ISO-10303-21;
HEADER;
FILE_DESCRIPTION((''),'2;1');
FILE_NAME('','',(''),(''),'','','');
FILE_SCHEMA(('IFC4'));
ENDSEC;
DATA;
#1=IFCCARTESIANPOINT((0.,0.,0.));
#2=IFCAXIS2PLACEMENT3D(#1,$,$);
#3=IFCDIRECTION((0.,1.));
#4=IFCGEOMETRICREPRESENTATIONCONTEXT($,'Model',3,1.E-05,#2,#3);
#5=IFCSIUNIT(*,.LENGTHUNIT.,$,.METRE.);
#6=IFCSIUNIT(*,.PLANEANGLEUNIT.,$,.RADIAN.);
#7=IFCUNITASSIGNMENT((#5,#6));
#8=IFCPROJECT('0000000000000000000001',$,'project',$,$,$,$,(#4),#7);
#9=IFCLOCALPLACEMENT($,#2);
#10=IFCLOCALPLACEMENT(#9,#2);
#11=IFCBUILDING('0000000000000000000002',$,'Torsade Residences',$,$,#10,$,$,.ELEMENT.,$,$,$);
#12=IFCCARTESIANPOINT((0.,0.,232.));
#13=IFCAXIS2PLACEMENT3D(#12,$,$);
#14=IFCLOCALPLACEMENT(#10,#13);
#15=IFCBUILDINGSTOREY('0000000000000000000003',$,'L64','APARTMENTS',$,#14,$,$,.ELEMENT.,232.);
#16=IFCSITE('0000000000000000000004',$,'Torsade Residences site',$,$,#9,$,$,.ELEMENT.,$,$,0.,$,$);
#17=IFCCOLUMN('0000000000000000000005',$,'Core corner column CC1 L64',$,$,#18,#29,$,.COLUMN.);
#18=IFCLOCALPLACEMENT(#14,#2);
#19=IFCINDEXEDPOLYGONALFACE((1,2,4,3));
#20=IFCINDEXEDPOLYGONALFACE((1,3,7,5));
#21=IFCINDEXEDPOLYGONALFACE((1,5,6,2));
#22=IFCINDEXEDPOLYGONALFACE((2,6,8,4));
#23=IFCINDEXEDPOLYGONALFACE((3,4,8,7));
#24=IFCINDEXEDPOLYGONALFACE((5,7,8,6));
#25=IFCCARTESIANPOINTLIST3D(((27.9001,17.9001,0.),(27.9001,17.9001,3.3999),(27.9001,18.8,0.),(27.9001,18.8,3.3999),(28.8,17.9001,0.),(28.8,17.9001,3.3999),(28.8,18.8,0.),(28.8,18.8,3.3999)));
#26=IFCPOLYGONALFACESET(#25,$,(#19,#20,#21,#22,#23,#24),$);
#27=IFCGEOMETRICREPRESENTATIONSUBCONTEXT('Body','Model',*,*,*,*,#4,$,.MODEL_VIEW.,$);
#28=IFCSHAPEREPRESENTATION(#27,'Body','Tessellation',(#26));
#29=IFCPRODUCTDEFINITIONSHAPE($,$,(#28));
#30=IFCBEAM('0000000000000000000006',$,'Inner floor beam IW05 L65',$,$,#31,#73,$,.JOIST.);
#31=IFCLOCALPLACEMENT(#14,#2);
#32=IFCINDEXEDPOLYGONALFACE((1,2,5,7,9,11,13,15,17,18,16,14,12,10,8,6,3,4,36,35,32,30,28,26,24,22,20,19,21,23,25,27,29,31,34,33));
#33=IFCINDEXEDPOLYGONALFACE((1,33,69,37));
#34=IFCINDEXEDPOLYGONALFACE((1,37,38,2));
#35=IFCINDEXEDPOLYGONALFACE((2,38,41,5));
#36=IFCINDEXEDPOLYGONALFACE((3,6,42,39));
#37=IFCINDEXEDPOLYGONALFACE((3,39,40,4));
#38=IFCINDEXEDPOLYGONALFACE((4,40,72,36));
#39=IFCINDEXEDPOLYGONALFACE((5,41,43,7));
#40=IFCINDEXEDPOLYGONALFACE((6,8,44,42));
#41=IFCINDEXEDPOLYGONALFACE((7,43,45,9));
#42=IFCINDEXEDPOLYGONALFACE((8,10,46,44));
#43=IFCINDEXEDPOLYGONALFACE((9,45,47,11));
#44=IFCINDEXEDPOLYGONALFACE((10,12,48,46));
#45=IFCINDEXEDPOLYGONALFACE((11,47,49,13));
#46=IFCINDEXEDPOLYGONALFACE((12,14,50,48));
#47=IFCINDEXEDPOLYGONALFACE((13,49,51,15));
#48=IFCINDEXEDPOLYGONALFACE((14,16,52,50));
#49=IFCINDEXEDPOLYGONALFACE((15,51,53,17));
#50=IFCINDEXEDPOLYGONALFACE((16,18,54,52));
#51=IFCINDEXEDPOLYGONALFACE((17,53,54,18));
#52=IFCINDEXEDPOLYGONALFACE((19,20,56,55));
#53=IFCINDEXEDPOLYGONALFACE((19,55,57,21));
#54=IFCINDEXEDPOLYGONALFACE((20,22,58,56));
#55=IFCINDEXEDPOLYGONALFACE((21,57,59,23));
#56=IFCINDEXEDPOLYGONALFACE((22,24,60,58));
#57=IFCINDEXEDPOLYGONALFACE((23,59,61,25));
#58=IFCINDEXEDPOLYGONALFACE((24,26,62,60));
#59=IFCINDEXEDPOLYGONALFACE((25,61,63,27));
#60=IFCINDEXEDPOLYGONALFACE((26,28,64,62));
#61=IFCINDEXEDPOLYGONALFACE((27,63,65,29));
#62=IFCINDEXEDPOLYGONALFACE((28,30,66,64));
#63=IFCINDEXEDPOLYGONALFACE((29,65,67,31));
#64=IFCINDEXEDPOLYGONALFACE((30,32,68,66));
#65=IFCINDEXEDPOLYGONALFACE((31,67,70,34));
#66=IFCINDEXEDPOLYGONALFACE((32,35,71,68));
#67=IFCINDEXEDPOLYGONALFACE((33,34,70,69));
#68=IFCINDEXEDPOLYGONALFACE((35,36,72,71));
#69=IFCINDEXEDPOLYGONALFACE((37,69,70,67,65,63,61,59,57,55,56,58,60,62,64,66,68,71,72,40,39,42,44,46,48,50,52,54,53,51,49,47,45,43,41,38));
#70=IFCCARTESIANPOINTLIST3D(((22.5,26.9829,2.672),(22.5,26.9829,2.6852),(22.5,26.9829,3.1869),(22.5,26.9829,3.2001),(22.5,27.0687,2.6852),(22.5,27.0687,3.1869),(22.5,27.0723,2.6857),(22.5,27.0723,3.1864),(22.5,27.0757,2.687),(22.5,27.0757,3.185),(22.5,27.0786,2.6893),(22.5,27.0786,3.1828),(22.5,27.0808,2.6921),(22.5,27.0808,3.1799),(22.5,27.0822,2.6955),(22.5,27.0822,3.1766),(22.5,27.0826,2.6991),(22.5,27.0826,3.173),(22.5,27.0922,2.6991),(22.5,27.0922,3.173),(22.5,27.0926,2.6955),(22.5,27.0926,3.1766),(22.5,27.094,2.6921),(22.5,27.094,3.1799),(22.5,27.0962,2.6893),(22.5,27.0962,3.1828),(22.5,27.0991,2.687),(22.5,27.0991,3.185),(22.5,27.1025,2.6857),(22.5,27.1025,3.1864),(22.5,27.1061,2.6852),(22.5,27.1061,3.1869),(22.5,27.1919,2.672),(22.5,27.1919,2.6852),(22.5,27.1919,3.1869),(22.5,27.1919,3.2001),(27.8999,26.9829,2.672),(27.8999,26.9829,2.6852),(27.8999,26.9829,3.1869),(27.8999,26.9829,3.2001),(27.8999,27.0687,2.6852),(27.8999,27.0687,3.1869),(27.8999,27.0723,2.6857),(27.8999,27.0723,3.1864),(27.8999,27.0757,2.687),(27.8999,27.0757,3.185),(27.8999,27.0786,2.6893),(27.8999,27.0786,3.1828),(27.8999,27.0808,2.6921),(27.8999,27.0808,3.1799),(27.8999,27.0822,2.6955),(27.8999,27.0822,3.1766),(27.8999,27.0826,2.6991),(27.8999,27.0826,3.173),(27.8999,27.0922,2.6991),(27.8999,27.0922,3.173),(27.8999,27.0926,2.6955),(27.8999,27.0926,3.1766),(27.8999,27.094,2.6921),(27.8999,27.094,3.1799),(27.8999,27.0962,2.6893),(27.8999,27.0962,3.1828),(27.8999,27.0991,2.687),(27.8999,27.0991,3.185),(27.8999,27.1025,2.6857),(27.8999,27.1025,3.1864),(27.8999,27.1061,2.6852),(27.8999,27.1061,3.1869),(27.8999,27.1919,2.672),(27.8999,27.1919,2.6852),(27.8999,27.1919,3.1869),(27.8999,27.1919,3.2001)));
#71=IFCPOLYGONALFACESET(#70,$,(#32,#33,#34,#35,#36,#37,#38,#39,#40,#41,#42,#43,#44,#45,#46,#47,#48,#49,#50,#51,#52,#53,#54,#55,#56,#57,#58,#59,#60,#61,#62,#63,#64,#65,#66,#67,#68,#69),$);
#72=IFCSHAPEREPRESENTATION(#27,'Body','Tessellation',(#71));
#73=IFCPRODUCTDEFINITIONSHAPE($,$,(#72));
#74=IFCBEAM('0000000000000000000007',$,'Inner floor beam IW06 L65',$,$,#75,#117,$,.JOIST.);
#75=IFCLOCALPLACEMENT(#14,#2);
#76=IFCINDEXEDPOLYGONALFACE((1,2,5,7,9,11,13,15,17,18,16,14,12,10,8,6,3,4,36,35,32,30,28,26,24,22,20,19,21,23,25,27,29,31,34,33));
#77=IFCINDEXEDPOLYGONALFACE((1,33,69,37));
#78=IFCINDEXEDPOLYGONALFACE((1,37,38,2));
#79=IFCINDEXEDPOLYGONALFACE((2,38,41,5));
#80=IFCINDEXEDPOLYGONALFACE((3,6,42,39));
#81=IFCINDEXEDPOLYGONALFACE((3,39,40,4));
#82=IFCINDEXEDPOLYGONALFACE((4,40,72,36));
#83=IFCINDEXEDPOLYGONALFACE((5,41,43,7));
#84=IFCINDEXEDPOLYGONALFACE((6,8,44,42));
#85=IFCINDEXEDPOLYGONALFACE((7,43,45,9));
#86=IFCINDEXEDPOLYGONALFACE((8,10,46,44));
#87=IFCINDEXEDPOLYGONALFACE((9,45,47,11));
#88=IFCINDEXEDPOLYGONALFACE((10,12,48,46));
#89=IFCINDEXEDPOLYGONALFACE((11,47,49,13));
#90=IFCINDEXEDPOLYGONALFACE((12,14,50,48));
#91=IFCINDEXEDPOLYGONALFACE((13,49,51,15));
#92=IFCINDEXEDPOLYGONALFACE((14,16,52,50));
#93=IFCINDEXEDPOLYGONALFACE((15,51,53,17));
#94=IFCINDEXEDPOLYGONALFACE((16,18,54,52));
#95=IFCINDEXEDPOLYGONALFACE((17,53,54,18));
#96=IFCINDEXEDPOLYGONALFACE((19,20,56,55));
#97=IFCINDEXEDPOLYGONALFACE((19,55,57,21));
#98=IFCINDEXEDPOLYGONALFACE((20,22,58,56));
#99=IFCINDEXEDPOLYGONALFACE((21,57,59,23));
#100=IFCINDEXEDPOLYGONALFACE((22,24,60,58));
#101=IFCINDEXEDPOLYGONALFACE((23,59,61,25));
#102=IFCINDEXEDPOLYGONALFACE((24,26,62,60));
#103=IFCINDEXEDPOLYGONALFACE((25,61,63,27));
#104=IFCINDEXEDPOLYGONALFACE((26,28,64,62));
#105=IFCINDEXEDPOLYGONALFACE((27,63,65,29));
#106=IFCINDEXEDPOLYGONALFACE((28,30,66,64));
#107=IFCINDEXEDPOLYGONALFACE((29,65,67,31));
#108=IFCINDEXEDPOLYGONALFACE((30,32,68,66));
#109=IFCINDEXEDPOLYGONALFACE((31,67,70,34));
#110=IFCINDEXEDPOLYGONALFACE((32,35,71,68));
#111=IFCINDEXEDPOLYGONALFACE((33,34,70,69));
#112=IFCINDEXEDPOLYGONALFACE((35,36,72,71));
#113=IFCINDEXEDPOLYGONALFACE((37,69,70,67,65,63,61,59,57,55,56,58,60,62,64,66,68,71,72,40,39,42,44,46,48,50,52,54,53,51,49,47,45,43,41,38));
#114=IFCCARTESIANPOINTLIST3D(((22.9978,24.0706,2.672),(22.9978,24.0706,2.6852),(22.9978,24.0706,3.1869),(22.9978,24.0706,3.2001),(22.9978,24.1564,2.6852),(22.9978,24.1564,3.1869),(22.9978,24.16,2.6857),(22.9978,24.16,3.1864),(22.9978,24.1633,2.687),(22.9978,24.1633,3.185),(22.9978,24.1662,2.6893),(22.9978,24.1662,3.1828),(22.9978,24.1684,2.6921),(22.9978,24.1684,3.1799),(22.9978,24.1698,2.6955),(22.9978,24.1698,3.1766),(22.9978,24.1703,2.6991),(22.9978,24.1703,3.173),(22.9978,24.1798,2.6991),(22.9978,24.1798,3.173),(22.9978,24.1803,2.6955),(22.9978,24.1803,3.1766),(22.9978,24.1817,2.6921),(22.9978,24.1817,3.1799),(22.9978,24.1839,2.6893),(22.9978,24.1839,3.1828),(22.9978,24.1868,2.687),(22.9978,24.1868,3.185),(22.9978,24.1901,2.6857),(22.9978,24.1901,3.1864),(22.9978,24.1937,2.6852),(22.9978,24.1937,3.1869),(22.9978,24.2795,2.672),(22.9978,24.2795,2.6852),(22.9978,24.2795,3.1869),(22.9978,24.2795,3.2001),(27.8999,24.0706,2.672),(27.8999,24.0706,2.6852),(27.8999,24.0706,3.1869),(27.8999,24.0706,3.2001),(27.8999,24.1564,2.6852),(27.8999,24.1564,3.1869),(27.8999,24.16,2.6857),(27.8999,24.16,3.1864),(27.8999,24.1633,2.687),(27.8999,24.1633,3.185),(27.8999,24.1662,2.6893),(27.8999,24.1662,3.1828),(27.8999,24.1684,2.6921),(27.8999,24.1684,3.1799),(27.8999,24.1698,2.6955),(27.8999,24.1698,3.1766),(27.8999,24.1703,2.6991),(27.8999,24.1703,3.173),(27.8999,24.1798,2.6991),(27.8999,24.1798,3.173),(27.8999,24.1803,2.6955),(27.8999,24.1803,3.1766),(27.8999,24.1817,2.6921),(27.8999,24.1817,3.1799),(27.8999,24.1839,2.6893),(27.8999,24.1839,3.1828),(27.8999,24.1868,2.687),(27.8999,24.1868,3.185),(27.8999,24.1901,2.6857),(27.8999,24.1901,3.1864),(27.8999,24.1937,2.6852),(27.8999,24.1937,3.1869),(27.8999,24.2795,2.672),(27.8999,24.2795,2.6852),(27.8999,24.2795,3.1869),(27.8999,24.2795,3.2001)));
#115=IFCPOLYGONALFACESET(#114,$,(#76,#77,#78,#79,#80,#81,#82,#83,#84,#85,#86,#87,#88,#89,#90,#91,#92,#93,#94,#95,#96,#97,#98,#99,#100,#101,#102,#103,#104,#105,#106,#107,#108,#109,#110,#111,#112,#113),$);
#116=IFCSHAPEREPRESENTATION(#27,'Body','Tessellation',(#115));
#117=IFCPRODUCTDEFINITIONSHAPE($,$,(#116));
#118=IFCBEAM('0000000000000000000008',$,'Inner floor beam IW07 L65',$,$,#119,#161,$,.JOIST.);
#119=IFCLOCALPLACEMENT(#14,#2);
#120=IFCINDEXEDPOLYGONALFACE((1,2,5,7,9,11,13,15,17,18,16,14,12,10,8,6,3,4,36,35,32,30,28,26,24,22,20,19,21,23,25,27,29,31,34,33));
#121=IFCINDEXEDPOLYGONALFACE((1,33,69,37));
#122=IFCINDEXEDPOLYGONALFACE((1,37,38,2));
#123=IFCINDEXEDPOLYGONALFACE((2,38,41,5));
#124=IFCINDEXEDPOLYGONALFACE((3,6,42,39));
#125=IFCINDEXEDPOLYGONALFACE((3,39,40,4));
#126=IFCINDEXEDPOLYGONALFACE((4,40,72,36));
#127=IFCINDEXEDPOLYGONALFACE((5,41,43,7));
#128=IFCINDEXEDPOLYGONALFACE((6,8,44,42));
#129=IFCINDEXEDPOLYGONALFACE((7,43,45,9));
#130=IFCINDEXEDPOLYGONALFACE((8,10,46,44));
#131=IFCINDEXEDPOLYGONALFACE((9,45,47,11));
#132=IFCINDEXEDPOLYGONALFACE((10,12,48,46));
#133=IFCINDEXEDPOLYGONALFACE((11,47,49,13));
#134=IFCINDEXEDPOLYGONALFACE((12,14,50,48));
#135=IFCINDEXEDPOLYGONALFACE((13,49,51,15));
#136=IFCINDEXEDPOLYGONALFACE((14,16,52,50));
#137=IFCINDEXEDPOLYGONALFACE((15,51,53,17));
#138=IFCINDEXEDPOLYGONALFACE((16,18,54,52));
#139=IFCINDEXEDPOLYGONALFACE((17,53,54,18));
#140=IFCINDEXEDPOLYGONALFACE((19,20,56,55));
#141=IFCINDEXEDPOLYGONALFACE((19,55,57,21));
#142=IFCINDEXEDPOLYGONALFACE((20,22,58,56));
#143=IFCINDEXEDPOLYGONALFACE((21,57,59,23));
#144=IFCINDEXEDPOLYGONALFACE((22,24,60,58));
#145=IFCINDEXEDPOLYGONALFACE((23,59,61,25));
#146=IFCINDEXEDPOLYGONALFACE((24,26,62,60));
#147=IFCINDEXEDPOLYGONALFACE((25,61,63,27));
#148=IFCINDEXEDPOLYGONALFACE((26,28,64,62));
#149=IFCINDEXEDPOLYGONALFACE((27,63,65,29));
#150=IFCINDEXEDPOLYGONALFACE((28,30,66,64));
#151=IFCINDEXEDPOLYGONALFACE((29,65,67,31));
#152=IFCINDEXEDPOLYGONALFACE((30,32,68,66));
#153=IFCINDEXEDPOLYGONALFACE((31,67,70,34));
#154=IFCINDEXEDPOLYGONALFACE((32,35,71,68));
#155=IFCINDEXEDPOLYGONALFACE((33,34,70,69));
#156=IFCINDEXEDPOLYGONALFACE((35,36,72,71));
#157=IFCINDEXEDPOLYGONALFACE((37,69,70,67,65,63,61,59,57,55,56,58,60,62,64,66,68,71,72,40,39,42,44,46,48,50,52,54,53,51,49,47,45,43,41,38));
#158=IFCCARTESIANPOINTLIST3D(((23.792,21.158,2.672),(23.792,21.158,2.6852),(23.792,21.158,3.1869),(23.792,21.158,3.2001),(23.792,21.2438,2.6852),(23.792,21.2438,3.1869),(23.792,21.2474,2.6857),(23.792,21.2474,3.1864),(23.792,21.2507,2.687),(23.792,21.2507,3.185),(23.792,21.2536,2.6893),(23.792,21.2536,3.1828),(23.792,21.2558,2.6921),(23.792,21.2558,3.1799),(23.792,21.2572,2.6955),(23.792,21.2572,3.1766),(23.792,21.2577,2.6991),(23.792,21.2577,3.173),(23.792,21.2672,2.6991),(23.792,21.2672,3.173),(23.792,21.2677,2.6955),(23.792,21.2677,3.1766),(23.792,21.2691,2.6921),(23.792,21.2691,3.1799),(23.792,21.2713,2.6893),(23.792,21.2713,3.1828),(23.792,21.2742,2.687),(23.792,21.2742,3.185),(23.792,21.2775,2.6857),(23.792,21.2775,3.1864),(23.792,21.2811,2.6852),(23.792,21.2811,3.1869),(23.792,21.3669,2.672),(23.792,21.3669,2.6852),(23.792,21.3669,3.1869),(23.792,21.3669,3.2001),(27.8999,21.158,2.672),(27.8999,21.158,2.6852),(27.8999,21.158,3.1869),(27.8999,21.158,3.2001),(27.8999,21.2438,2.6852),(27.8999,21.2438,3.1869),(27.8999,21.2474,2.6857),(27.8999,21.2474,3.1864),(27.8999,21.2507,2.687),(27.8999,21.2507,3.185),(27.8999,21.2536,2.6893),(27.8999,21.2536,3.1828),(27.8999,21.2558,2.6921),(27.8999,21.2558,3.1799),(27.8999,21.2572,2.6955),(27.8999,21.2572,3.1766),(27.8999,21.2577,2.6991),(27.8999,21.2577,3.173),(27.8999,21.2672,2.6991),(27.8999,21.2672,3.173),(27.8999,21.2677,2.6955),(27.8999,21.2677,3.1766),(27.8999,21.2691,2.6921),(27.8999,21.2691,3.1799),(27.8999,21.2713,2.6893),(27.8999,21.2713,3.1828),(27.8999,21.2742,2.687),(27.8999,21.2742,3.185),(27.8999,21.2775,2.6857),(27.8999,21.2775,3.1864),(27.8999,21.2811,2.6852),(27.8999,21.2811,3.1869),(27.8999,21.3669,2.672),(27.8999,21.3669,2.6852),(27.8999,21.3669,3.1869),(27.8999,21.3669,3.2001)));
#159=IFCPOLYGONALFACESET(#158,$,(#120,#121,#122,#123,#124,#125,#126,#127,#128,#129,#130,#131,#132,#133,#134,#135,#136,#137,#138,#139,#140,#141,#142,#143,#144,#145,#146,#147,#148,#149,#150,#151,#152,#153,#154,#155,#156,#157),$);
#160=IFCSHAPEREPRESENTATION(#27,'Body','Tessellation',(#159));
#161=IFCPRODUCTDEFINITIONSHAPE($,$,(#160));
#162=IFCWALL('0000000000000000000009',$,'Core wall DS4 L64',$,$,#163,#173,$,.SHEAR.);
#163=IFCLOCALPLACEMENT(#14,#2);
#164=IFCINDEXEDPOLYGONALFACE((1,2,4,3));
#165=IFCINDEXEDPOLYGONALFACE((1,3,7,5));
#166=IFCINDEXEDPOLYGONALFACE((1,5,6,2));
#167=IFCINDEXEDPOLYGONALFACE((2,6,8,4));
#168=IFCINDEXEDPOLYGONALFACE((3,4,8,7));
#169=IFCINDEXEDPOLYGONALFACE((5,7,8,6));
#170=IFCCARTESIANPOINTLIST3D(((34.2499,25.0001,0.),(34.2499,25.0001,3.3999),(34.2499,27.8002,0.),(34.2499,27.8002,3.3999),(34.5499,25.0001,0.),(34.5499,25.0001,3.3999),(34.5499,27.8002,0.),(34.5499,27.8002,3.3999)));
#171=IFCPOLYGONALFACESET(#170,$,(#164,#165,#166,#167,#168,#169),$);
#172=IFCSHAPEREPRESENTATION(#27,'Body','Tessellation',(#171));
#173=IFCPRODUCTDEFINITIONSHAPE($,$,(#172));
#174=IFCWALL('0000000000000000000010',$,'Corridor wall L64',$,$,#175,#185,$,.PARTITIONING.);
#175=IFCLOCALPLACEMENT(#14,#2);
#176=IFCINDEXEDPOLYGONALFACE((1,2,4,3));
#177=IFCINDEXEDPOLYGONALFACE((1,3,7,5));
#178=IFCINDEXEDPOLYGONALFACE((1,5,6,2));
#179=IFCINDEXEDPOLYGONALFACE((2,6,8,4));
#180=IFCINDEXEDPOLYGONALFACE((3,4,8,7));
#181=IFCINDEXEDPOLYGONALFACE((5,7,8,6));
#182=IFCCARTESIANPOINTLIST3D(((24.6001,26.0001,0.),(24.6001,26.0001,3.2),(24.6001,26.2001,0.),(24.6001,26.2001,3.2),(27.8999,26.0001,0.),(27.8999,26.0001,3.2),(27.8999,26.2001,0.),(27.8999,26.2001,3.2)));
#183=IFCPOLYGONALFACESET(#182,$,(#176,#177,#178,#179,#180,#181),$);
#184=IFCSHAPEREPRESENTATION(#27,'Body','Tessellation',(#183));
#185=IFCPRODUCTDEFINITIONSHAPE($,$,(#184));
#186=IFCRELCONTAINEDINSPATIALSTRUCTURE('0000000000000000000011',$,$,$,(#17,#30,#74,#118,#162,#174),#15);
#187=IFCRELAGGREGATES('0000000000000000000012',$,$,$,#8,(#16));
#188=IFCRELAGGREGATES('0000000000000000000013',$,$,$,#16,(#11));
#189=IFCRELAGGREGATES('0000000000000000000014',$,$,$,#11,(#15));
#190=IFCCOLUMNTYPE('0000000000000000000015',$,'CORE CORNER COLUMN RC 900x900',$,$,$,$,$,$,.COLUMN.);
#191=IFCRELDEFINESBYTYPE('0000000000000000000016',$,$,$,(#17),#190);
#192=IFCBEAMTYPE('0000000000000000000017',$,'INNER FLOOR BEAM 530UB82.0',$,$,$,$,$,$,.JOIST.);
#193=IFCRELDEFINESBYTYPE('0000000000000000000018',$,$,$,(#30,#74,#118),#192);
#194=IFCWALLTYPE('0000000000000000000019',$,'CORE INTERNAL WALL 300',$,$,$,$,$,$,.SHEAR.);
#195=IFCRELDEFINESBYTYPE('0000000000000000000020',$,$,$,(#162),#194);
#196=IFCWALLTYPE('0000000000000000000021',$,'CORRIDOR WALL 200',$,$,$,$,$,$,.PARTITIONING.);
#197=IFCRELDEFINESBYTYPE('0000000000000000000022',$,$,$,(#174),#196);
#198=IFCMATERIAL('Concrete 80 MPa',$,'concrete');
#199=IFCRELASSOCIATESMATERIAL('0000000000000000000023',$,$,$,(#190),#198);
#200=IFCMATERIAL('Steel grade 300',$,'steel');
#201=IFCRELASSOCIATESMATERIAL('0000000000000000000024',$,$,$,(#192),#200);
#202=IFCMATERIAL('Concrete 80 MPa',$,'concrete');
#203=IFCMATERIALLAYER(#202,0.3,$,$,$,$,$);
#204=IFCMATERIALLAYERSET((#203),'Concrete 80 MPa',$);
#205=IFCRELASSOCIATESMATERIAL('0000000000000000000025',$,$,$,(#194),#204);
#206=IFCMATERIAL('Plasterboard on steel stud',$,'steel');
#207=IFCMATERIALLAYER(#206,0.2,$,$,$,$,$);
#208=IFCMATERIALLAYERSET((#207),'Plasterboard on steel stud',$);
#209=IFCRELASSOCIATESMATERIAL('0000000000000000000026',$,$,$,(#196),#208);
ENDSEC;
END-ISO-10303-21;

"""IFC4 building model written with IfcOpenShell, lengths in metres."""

from ifc_helpers import new_model, si_unit, direction, frame, frame_2d, origin, origin_2d, place, context, subcontext, project, spatial, rectangle, i_section, extrude, material, layer, layer_set, material_profile, profile_set, type_object, element, save


model = new_model("IFC4")

# Units and contexts
model_context = context("Model", 3, precision=1e-05, world=origin(), true_north=direction((0.0, 1.0)))
body_context = subcontext(model_context, "Body", "Model", "MODEL_VIEW")
ifc_project = project(units=[si_unit("LENGTHUNIT", "METRE"), si_unit("PLANEANGLEUNIT", "RADIAN")], contexts=[model_context])

# Site, building, storey
site_placement = place(None, origin())
site = spatial("IfcSite", under=ifc_project, at=site_placement, Name="Torsade Residences site", CompositionType="ELEMENT", RefElevation=0.0)
building_placement = place(site_placement, origin())
building = spatial("IfcBuilding", under=site, at=building_placement, Name="Torsade Residences", CompositionType="ELEMENT")
storey_placement = place(building_placement, frame((0.0, 0.0, 232.0)))
storey = spatial("IfcBuildingStorey", under=building, at=storey_placement, Name="L64", Description="APARTMENTS", CompositionType="ELEMENT", Elevation=232.0)

# Column
ifc_material_1 = material(Name="Concrete 80 MPa", Category="concrete")
ifc_material_profile_1 = material_profile(ifc_material_1, rectangle(XDim=0.8999, YDim=0.8999, at=origin_2d()), Name="RC 900x900")
ifc_profile_set_1 = profile_set([ifc_material_profile_1], Name="Concrete 80 MPa")
column_type = type_object("IfcColumnType", Name="CORE CORNER COLUMN RC 900x900", PredefinedType="COLUMN", material=ifc_profile_set_1)
column_placement = place(storey_placement, frame((28.3501, 18.3501, 0.0), z_axis=(0.0, 0.0, 1.0), x_axis=(1.0, 0.0, 0.0)))
element("IfcColumn", 1, at=column_placement, inside=storey, type_object=column_type, Name="Core corner column CC1 L64", PredefinedType="COLUMN", context=body_context, shape_type="SweptSolid", body=[
    extrude(rectangle(XDim=0.8999, YDim=0.8999, at=origin_2d()), origin(), (0.0, 0.0, 1.0), 3.3999),
])

# Beams
ifc_material_2 = material(Name="Steel grade 300", Category="steel")
ifc_material_profile_2 = material_profile(ifc_material_2, i_section(OverallWidth=0.209, OverallDepth=0.5281, WebThickness=0.0095, FlangeThickness=0.0132, FilletRadius=0.0139, at=origin_2d()), Name="530UB82.0")
ifc_profile_set_2 = profile_set([ifc_material_profile_2], Name="Steel grade 300")
beam_type = type_object("IfcBeamType", Name="INNER FLOOR BEAM 530UB82.0", PredefinedType="JOIST", material=ifc_profile_set_2)
beam_1_placement = place(storey_placement, frame((27.8999, 27.0874, 2.936), z_axis=(-1.0, 0.0, 0.0), x_axis=(0.0, -1.0, 0.0)))
element("IfcBeam", 2, at=beam_1_placement, inside=storey, type_object=beam_type, Name="Inner floor beam IW05 L65", PredefinedType="JOIST", context=body_context, shape_type="SweptSolid", body=[
    extrude(i_section(OverallWidth=0.209, OverallDepth=0.5281, WebThickness=0.0095, FlangeThickness=0.0132, FilletRadius=0.0139, at=origin_2d()), origin(), (0.0, 0.0, 1.0), 5.3999),
])
beam_2_placement = place(storey_placement, frame((27.8999, 24.175, 2.936), z_axis=(-1.0, 0.0, 0.0), x_axis=(0.0, -1.0, 0.0)))
element("IfcBeam", 3, at=beam_2_placement, inside=storey, type_object=beam_type, Name="Inner floor beam IW06 L65", PredefinedType="JOIST", context=body_context, shape_type="SweptSolid", body=[
    extrude(i_section(OverallWidth=0.209, OverallDepth=0.5281, WebThickness=0.0095, FlangeThickness=0.0132, FilletRadius=0.0139, at=origin_2d()), origin(), (0.0, 0.0, 1.0), 4.9021),
])
beam_3_placement = place(storey_placement, frame((27.8999, 21.2625, 2.936), z_axis=(-1.0, 0.0, 0.0), x_axis=(0.0, -1.0, 0.0)))
element("IfcBeam", 4, at=beam_3_placement, inside=storey, type_object=beam_type, Name="Inner floor beam IW07 L65", PredefinedType="JOIST", context=body_context, shape_type="SweptSolid", body=[
    extrude(i_section(OverallWidth=0.209, OverallDepth=0.5281, WebThickness=0.0095, FlangeThickness=0.0132, FilletRadius=0.0139, at=origin_2d()), origin(), (0.0, 0.0, 1.0), 4.1079),
])

# Walls
ifc_material_3 = material(Name="Concrete 80 MPa", Category="concrete")
ifc_layer_1 = layer(ifc_material_3, 0.3)
ifc_layer_set_1 = layer_set([ifc_layer_1], Name="Concrete 80 MPa")
wall_type_1 = type_object("IfcWallType", Name="CORE INTERNAL WALL 300", PredefinedType="SHEAR", material=ifc_layer_set_1)
wall_1_placement = place(storey_placement, frame((34.3999, 27.8, 0.0), z_axis=(0.0, 0.0, 1.0), x_axis=(0.0, -1.0, 0.0)))
element("IfcWall", 5, at=wall_1_placement, inside=storey, type_object=wall_type_1, Name="Core wall DS4 L64", PredefinedType="SHEAR", context=body_context, shape_type="SweptSolid", body=[
    extrude(rectangle(XDim=2.8, YDim=0.3, at=frame_2d((1.3999, 0.0))), origin(), (0.0, 0.0, 1.0), 3.3999),
])
ifc_material_4 = material(Name="Plasterboard on steel stud", Category="steel")
ifc_layer_2 = layer(ifc_material_4, 0.2)
ifc_layer_set_2 = layer_set([ifc_layer_2], Name="Plasterboard on steel stud")
wall_type_2 = type_object("IfcWallType", Name="CORRIDOR WALL 200", PredefinedType="PARTITIONING", material=ifc_layer_set_2)
wall_2_placement = place(storey_placement, frame((27.8999, 26.1001, 0.0), z_axis=(0.0, 0.0, 1.0), x_axis=(-1.0, 0.0, 0.0)))
element("IfcWall", 6, at=wall_2_placement, inside=storey, type_object=wall_type_2, Name="Corridor wall L64", PredefinedType="PARTITIONING", context=body_context, shape_type="SweptSolid", body=[
    extrude(rectangle(XDim=3.2998, YDim=0.2, at=frame_2d((1.6499, 0.0))), origin(), (0.0, 0.0, 1.0), 3.2),
])

save(model, "model.ifc")
